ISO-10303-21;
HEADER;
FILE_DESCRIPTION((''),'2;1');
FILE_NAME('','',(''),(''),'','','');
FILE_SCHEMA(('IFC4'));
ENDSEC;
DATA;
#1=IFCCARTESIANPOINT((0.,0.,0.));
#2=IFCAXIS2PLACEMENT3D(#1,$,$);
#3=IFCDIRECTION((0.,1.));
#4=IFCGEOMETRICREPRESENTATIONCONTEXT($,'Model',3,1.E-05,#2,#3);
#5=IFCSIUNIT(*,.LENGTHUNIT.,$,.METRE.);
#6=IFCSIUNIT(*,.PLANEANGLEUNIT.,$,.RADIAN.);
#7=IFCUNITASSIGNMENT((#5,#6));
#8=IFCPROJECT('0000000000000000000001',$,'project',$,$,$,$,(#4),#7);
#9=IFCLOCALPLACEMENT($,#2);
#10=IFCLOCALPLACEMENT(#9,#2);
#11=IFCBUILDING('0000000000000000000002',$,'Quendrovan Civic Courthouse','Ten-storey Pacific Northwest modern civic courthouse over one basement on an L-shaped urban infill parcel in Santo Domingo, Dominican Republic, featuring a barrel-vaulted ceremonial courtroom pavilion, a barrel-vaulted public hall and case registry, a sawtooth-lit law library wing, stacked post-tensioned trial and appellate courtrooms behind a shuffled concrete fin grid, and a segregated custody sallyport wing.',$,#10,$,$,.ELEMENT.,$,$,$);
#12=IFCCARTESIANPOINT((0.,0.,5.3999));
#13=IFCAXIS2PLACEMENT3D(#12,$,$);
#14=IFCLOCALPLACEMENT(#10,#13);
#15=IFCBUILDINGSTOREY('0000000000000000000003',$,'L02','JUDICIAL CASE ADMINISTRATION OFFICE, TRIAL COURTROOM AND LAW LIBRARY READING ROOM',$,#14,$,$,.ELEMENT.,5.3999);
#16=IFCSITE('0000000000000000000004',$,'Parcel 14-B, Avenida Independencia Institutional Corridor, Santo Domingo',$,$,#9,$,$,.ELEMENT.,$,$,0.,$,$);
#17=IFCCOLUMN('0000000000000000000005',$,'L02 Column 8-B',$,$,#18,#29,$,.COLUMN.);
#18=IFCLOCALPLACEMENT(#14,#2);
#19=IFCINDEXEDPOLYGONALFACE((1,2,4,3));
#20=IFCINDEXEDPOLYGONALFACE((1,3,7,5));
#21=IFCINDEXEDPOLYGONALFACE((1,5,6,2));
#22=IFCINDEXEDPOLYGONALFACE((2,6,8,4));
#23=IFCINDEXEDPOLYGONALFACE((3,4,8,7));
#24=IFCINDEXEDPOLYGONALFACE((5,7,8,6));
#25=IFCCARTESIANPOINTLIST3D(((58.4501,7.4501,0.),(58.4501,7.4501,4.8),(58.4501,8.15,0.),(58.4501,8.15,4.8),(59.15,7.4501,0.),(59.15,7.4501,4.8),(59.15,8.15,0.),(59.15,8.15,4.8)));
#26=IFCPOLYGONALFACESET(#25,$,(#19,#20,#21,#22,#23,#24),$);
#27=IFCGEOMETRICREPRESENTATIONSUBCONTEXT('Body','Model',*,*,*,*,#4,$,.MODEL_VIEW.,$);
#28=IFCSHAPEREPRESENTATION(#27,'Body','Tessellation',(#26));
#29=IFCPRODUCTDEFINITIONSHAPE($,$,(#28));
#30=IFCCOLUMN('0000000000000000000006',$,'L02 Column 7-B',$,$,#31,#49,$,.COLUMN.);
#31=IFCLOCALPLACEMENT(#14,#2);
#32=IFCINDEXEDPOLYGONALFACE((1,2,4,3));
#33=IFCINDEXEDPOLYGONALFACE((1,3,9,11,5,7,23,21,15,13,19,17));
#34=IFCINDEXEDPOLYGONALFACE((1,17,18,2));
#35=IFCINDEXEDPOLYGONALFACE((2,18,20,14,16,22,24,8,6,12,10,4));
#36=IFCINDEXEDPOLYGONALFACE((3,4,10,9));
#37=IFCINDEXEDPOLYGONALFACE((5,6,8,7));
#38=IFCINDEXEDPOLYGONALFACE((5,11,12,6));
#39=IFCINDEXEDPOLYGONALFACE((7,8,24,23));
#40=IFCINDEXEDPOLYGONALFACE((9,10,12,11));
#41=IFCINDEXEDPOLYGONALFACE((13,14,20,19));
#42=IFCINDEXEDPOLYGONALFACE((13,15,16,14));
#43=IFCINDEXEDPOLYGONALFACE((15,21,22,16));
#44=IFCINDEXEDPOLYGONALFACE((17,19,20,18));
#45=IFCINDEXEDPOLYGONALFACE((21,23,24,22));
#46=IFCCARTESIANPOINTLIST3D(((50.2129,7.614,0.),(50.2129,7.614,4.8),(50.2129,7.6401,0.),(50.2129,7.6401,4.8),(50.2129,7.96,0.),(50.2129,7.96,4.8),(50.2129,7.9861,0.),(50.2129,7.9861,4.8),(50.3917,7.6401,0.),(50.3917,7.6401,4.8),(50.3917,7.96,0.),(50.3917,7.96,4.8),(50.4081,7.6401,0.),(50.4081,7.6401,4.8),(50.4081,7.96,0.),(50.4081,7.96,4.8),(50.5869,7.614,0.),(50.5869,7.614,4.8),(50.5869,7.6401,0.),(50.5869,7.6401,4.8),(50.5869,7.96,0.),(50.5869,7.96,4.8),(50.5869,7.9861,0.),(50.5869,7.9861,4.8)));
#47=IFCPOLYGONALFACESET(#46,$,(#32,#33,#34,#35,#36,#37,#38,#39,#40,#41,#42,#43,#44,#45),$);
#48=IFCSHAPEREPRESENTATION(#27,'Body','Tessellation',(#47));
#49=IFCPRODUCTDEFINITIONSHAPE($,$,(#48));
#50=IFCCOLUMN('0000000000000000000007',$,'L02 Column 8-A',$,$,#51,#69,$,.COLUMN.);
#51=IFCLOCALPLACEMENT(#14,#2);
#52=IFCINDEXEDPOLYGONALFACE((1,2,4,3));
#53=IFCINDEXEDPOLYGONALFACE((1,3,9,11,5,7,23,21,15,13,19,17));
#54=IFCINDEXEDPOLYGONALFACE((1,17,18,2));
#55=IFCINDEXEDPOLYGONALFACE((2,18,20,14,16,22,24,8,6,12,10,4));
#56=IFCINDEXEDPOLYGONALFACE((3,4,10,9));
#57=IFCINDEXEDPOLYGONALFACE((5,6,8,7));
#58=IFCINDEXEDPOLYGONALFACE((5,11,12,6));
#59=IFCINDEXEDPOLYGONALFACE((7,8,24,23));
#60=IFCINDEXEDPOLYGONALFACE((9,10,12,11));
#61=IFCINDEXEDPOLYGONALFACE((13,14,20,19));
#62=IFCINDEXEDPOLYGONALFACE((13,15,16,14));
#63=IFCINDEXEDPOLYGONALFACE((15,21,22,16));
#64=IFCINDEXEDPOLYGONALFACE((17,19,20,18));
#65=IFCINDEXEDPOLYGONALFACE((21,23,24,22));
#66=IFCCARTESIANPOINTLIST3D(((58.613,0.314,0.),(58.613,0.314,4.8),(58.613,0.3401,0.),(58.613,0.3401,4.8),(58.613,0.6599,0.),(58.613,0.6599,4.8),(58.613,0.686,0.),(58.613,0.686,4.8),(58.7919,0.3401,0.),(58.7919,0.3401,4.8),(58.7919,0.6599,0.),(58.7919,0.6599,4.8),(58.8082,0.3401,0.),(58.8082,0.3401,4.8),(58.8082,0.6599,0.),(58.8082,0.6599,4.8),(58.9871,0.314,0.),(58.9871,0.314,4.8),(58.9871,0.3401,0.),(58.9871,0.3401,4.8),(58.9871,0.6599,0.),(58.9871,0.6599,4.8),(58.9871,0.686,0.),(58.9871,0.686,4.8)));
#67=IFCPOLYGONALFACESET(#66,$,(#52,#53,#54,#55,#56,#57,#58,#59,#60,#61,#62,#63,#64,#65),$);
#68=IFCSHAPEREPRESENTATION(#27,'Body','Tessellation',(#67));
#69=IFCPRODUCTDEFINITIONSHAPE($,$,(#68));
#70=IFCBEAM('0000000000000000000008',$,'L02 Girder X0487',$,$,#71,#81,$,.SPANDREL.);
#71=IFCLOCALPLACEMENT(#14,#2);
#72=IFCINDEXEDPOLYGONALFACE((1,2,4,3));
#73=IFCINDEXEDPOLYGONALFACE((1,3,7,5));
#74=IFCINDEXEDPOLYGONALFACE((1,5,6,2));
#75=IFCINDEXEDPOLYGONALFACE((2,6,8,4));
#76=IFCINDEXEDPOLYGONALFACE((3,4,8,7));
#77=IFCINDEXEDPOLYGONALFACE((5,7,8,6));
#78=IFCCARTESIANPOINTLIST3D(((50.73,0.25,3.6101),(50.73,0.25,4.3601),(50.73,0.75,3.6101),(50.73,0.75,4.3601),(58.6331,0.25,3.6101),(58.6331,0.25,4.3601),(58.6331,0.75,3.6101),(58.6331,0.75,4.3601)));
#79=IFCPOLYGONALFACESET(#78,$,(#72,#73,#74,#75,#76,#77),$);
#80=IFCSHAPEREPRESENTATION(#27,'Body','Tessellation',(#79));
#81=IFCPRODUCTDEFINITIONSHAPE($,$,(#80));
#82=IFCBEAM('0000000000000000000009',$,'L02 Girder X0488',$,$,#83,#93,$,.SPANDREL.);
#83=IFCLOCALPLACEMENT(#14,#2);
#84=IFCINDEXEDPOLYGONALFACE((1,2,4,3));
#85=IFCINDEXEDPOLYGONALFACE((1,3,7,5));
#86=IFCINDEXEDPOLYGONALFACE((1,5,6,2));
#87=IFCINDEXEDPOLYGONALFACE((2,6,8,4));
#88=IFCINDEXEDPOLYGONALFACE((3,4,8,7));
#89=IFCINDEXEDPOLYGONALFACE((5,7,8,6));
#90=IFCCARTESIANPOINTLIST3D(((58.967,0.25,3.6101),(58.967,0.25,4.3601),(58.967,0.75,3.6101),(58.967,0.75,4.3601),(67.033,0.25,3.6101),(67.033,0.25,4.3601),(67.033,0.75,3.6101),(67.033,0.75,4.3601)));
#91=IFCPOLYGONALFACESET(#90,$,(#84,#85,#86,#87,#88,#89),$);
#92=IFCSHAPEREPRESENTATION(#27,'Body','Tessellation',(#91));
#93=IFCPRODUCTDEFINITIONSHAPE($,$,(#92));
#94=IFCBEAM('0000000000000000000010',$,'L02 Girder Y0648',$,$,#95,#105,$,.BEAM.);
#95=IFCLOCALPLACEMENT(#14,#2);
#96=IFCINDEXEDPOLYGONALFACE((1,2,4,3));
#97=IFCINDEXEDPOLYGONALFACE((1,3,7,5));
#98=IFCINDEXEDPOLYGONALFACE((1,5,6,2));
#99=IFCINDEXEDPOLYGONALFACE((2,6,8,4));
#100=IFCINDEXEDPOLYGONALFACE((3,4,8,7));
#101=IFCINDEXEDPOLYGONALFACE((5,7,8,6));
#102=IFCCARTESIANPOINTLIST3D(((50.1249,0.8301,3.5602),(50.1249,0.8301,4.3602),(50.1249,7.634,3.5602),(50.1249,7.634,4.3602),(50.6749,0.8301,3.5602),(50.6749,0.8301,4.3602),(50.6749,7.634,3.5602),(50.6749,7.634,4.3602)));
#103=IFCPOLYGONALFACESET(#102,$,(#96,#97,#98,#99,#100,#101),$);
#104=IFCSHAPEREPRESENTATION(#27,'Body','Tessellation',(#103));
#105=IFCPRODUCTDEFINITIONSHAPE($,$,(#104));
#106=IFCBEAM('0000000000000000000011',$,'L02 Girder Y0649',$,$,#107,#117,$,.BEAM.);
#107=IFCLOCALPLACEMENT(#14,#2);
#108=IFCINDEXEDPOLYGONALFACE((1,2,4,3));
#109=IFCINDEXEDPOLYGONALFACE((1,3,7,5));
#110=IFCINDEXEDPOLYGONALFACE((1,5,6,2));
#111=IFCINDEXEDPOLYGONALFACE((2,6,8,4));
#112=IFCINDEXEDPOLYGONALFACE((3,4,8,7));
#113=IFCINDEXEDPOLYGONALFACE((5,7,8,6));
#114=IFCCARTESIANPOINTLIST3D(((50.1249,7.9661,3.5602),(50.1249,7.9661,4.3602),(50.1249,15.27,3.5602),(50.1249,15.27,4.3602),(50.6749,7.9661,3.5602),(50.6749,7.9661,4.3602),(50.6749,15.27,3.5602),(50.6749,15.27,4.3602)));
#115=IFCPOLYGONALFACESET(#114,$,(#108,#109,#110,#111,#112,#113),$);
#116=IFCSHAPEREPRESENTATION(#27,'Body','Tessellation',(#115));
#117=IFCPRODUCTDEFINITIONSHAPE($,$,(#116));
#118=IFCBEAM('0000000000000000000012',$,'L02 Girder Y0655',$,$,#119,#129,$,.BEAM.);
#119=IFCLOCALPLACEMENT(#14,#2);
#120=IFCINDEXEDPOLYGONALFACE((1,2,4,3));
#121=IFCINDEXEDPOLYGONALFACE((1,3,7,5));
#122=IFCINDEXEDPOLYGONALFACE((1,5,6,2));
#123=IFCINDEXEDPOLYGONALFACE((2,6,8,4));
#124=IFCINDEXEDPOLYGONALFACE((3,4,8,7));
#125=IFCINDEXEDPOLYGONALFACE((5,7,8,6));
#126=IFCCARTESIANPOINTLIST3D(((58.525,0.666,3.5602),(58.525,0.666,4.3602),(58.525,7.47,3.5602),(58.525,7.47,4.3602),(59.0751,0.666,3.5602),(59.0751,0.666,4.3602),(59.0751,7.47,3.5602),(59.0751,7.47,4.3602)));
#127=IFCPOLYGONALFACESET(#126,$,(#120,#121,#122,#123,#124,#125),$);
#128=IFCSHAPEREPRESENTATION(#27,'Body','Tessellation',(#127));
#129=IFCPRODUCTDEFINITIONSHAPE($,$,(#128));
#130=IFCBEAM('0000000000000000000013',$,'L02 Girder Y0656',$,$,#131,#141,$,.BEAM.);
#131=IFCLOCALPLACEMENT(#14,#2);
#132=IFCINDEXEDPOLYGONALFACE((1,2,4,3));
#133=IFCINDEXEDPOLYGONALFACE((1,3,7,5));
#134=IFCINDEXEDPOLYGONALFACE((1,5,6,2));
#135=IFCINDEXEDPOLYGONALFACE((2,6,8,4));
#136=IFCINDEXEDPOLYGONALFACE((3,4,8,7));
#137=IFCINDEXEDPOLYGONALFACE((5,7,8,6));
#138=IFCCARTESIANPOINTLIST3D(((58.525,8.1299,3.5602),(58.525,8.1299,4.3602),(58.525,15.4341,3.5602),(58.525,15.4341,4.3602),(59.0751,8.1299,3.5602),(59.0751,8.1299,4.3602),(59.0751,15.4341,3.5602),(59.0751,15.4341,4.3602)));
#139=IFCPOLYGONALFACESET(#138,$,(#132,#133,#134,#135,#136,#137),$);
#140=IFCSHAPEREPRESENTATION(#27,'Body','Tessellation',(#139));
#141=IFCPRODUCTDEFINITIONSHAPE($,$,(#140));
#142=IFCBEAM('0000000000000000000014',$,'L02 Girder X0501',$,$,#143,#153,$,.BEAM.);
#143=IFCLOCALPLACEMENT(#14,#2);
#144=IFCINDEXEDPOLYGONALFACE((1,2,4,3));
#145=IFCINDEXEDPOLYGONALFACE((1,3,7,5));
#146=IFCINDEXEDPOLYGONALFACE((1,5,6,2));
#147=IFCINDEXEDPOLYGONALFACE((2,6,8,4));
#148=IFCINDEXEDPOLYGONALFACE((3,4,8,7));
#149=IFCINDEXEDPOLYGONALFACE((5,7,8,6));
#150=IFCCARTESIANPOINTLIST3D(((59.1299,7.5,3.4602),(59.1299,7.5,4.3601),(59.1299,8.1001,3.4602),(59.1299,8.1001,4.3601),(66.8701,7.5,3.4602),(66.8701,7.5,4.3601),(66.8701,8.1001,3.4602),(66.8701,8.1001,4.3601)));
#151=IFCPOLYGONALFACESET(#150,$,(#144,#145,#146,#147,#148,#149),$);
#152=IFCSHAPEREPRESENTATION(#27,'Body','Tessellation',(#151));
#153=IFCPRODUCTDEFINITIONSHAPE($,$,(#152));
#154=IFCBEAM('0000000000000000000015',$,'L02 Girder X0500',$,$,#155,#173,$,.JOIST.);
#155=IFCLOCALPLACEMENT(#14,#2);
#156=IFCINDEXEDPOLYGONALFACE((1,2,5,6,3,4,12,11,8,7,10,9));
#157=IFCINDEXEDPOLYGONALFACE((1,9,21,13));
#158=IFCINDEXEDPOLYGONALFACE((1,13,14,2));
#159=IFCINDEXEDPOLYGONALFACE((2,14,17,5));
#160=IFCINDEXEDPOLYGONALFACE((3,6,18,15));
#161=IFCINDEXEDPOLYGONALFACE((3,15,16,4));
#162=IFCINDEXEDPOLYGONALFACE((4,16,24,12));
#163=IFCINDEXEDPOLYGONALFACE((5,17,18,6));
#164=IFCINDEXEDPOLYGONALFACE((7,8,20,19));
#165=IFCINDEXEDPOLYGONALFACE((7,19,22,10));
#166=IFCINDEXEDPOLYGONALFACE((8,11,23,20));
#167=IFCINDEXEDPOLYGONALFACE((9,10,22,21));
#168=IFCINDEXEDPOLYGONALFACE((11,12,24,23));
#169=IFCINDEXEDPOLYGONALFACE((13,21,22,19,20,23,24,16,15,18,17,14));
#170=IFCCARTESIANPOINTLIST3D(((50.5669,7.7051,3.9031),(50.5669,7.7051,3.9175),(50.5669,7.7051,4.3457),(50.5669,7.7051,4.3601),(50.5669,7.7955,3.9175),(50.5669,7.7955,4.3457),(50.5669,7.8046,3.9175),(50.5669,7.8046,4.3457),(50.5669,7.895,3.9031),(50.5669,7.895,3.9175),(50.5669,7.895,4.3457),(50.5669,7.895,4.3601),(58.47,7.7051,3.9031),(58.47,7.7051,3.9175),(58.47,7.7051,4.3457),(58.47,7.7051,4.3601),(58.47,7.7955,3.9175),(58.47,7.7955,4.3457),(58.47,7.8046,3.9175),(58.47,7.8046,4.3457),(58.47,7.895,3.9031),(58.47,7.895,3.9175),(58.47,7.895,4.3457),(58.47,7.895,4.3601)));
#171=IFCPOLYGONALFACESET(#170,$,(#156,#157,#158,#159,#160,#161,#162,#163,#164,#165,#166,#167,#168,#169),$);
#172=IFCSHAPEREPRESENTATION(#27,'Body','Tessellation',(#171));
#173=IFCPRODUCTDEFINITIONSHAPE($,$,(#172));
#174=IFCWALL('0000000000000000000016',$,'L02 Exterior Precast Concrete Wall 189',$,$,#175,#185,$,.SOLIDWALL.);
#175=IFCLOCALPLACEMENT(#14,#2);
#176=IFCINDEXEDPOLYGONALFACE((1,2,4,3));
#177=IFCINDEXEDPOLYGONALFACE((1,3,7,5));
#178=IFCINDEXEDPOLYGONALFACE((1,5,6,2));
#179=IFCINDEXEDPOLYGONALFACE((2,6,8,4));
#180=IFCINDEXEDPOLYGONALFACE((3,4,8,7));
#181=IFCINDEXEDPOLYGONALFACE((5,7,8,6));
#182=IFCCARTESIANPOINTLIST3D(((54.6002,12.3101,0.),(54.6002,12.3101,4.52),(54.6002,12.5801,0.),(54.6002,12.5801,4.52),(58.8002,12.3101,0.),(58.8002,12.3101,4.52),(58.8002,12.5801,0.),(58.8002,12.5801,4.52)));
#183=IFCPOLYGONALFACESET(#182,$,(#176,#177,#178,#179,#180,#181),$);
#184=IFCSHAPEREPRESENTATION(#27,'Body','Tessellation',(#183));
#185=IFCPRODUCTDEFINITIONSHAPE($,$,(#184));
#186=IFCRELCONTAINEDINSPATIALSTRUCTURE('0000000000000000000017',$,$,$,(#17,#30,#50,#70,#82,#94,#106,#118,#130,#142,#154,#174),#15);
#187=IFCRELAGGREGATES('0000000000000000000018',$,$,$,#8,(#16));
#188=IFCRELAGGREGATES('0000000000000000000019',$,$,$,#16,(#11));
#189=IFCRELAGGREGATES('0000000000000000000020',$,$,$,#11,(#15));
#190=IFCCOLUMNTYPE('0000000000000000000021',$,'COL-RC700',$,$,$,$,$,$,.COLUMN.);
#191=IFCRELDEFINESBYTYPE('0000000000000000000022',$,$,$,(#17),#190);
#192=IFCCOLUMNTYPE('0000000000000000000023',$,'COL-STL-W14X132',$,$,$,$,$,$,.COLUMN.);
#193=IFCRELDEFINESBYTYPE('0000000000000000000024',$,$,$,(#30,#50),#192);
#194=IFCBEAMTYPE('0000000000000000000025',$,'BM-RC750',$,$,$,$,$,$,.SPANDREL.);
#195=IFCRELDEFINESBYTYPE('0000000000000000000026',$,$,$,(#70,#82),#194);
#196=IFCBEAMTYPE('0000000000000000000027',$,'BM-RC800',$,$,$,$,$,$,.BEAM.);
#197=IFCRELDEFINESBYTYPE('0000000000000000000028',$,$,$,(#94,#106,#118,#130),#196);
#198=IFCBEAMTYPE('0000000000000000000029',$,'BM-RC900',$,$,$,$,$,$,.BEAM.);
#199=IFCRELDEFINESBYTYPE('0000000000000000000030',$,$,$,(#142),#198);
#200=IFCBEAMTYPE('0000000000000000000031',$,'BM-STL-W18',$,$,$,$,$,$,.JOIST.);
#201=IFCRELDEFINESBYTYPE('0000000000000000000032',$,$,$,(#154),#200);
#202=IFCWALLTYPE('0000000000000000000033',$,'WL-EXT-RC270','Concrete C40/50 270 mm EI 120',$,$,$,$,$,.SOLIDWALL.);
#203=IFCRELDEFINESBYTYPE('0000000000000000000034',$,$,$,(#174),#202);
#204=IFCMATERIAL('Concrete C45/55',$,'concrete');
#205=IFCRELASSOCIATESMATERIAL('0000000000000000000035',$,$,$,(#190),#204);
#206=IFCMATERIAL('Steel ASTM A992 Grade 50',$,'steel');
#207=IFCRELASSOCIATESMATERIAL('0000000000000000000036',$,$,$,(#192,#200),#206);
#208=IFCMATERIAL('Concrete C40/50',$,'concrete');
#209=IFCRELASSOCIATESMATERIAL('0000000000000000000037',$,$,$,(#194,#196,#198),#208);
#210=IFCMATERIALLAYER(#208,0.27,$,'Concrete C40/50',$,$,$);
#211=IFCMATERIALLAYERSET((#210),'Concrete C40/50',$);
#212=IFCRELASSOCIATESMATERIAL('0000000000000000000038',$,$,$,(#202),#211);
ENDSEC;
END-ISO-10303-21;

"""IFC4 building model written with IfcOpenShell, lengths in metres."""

from ifc_helpers import new_model, si_unit, direction, frame, frame_2d, origin, origin_2d, place, context, subcontext, project, spatial, rectangle, i_section, extrude, material, layer, layer_set, material_profile, profile_set, type_object, element, save


model = new_model("IFC4")

# Units and contexts
model_context = context("Model", 3, precision=1e-05, world=origin(), true_north=direction((0.0, 1.0)))
body_context = subcontext(model_context, "Body", "Model", "MODEL_VIEW")
ifc_project = project(units=[si_unit("LENGTHUNIT", "METRE"), si_unit("PLANEANGLEUNIT", "RADIAN")], contexts=[model_context])

# Site, building, storey
site_placement = place(None, origin())
site = spatial("IfcSite", under=ifc_project, at=site_placement, Name="Parcel 14-B, Avenida Independencia Institutional Corridor, Santo Domingo", CompositionType="ELEMENT", RefElevation=0.0)
building_placement = place(site_placement, origin())
building = spatial("IfcBuilding", under=site, at=building_placement, Name="Quendrovan Civic Courthouse", Description="Ten-storey Pacific Northwest modern civic courthouse over one basement on an L-shaped urban infill parcel in Santo Domingo, Dominican Republic, featuring a barrel-vaulted ceremonial courtroom pavilion, a barrel-vaulted public hall and case registry, a sawtooth-lit law library wing, stacked post-tensioned trial and appellate courtrooms behind a shuffled concrete fin grid, and a segregated custody sallyport wing.", CompositionType="ELEMENT")
storey_placement = place(building_placement, frame((0.0, 0.0, 5.3999)))
storey = spatial("IfcBuildingStorey", under=building, at=storey_placement, Name="L02", Description="JUDICIAL CASE ADMINISTRATION OFFICE, TRIAL COURTROOM AND LAW LIBRARY READING ROOM", CompositionType="ELEMENT", Elevation=5.3999)

# Columns
ifc_material_1 = material(Name="Concrete C45/55", Category="concrete")
ifc_material_profile_1 = material_profile(ifc_material_1, rectangle(XDim=0.7, YDim=0.7, at=origin_2d()), Name="RC-COL-700x700")
ifc_profile_set_1 = profile_set([ifc_material_profile_1], Name="Concrete C45/55")
column_type_1 = type_object("IfcColumnType", Name="COL-RC700", PredefinedType="COLUMN", material=ifc_profile_set_1)
column_placement = place(storey_placement, frame((58.8, 7.8, 0.0), z_axis=(0.0, 0.0, 1.0), x_axis=(1.0, 0.0, 0.0)))
element("IfcColumn", 1, at=column_placement, inside=storey, type_object=column_type_1, Name="L02 Column 8-B", PredefinedType="COLUMN", context=body_context, shape_type="SweptSolid", body=[
    extrude(rectangle(XDim=0.7, YDim=0.7, at=origin_2d()), origin(), (0.0, 0.0, 1.0), 4.8),
])
ifc_material_2 = material(Name="Steel ASTM A992 Grade 50", Category="steel")
ifc_material_profile_2 = material_profile(ifc_material_2, i_section(OverallWidth=0.374, OverallDepth=0.3721, WebThickness=0.0164, FlangeThickness=0.0261, at=origin_2d()), Name="W14X132")
ifc_profile_set_2 = profile_set([ifc_material_profile_2], Name="Steel ASTM A992 Grade 50")
column_type_2 = type_object("IfcColumnType", Name="COL-STL-W14X132", PredefinedType="COLUMN", material=ifc_profile_set_2)
for number, where, z_axis, x_axis, name in (
    (2, (50.3999, 7.8, 0.0), (0.0, 0.0, 1.0), (1.0, 0.0, 0.0), "L02 Column 7-B"),
    (3, (58.8, 0.5, 0.0), (0.0, 0.0, 1.0), (1.0, 0.0, 0.0), "L02 Column 8-A"),
):
    element("IfcColumn", number, at=place(storey_placement, frame(where, z_axis=z_axis, x_axis=x_axis)), inside=storey, type_object=column_type_2, Name=name, PredefinedType="COLUMN", context=body_context, shape_type="SweptSolid", body=[
        extrude(i_section(OverallWidth=0.374, OverallDepth=0.3721, WebThickness=0.0164, FlangeThickness=0.0261, at=origin_2d()), origin(), (0.0, 0.0, 1.0), 4.8),
    ])

# Beams
ifc_material_3 = material(Name="Concrete C40/50", Category="concrete")
ifc_material_profile_3 = material_profile(ifc_material_3, rectangle(XDim=0.5, YDim=0.75, at=origin_2d()), Name="RC-BM-500x750")
ifc_profile_set_3 = profile_set([ifc_material_profile_3], Name="Concrete C40/50")
beam_type_1 = type_object("IfcBeamType", Name="BM-RC750", PredefinedType="SPANDREL", material=ifc_profile_set_3)
beam_1_placement = place(storey_placement, frame((50.73, 0.5, 3.9851), z_axis=(1.0, 0.0, 0.0), x_axis=(0.0, 1.0, 0.0)))
element("IfcBeam", 4, at=beam_1_placement, inside=storey, type_object=beam_type_1, Name="L02 Girder X0487", PredefinedType="SPANDREL", context=body_context, shape_type="SweptSolid", body=[
    extrude(rectangle(XDim=0.5, YDim=0.75, at=origin_2d()), origin(), (0.0, 0.0, 1.0), 7.9031),
])
beam_2_placement = place(storey_placement, frame((58.967, 0.5, 3.9851), z_axis=(1.0, 0.0, 0.0), x_axis=(0.0, 1.0, 0.0)))
element("IfcBeam", 5, at=beam_2_placement, inside=storey, type_object=beam_type_1, Name="L02 Girder X0488", PredefinedType="SPANDREL", context=body_context, shape_type="SweptSolid", body=[
    extrude(rectangle(XDim=0.5, YDim=0.75, at=origin_2d()), origin(), (0.0, 0.0, 1.0), 8.0659),
])
ifc_material_profile_4 = material_profile(ifc_material_3, rectangle(XDim=0.55, YDim=0.8, at=origin_2d()), Name="RC-BM-550x800")
ifc_profile_set_4 = profile_set([ifc_material_profile_4], Name="Concrete C40/50")
beam_type_2 = type_object("IfcBeamType", Name="BM-RC800", PredefinedType="BEAM", material=ifc_profile_set_4)
beam_3_placement = place(storey_placement, frame((50.3999, 0.8301, 3.9602), z_axis=(0.0, 1.0, 0.0), x_axis=(-1.0, 0.0, 0.0)))
element("IfcBeam", 6, at=beam_3_placement, inside=storey, type_object=beam_type_2, Name="L02 Girder Y0648", PredefinedType="BEAM", context=body_context, shape_type="SweptSolid", body=[
    extrude(rectangle(XDim=0.55, YDim=0.8, at=origin_2d()), origin(), (0.0, 0.0, 1.0), 6.804),
])
beam_4_placement = place(storey_placement, frame((50.3999, 7.9661, 3.9602), z_axis=(0.0, 1.0, 0.0), x_axis=(-1.0, 0.0, 0.0)))
element("IfcBeam", 7, at=beam_4_placement, inside=storey, type_object=beam_type_2, Name="L02 Girder Y0649", PredefinedType="BEAM", context=body_context, shape_type="SweptSolid", body=[
    extrude(rectangle(XDim=0.55, YDim=0.8, at=origin_2d()), origin(), (0.0, 0.0, 1.0), 7.304),
])
beam_5_placement = place(storey_placement, frame((58.8, 0.666, 3.9602), z_axis=(0.0, 1.0, 0.0), x_axis=(-1.0, 0.0, 0.0)))
element("IfcBeam", 8, at=beam_5_placement, inside=storey, type_object=beam_type_2, Name="L02 Girder Y0655", PredefinedType="BEAM", context=body_context, shape_type="SweptSolid", body=[
    extrude(rectangle(XDim=0.55, YDim=0.8, at=origin_2d()), origin(), (0.0, 0.0, 1.0), 6.804),
])
beam_6_placement = place(storey_placement, frame((58.8, 8.1299, 3.9602), z_axis=(0.0, 1.0, 0.0), x_axis=(-1.0, 0.0, 0.0)))
element("IfcBeam", 9, at=beam_6_placement, inside=storey, type_object=beam_type_2, Name="L02 Girder Y0656", PredefinedType="BEAM", context=body_context, shape_type="SweptSolid", body=[
    extrude(rectangle(XDim=0.55, YDim=0.8, at=origin_2d()), origin(), (0.0, 0.0, 1.0), 7.3042),
])
ifc_material_profile_5 = material_profile(ifc_material_3, rectangle(XDim=0.6001, YDim=0.8999, at=origin_2d()), Name="RC-BM-600x900")
ifc_profile_set_5 = profile_set([ifc_material_profile_5], Name="Concrete C40/50")
beam_type_3 = type_object("IfcBeamType", Name="BM-RC900", PredefinedType="BEAM", material=ifc_profile_set_5)
beam_7_placement = place(storey_placement, frame((59.1299, 7.8, 3.9102), z_axis=(1.0, 0.0, 0.0), x_axis=(0.0, 1.0, 0.0)))
element("IfcBeam", 10, at=beam_7_placement, inside=storey, type_object=beam_type_3, Name="L02 Girder X0501", PredefinedType="BEAM", context=body_context, shape_type="SweptSolid", body=[
    extrude(rectangle(XDim=0.6001, YDim=0.8999, at=origin_2d()), origin(), (0.0, 0.0, 1.0), 7.7402),
])
ifc_material_profile_6 = material_profile(ifc_material_2, i_section(OverallWidth=0.1899, OverallDepth=0.457, WebThickness=0.009, FlangeThickness=0.0144, at=origin_2d()), Name="W18X50")
ifc_profile_set_6 = profile_set([ifc_material_profile_6], Name="Steel ASTM A992 Grade 50")
beam_type_4 = type_object("IfcBeamType", Name="BM-STL-W18", PredefinedType="JOIST", material=ifc_profile_set_6)
beam_8_placement = place(storey_placement, frame((50.5669, 7.8, 4.1316), z_axis=(1.0, 0.0, 0.0), x_axis=(0.0, 1.0, 0.0)))
element("IfcBeam", 11, at=beam_8_placement, inside=storey, type_object=beam_type_4, Name="L02 Girder X0500", PredefinedType="JOIST", context=body_context, shape_type="SweptSolid", body=[
    extrude(i_section(OverallWidth=0.1899, OverallDepth=0.457, WebThickness=0.009, FlangeThickness=0.0144, at=origin_2d()), origin(), (0.0, 0.0, 1.0), 7.9031),
])

# Wall
ifc_layer_1 = layer(ifc_material_3, 0.27, Name="Concrete C40/50")
ifc_layer_set_1 = layer_set([ifc_layer_1], Name="Concrete C40/50")
wall_type_1 = type_object("IfcWallType", Name="WL-EXT-RC270", Description="Concrete C40/50 270 mm EI 120", PredefinedType="SOLIDWALL", material=ifc_layer_set_1)
wall_1_placement = place(storey_placement, frame((54.6001, 12.4451, 0.0), z_axis=(0.0, 0.0, 1.0), x_axis=(1.0, 0.0, 0.0)))
element("IfcWall", 12, at=wall_1_placement, inside=storey, type_object=wall_type_1, Name="L02 Exterior Precast Concrete Wall 189", PredefinedType="SOLIDWALL", context=body_context, shape_type="SweptSolid", body=[
    extrude(rectangle(XDim=4.2, YDim=0.27, at=frame_2d((2.1001, 0.0))), origin(), (0.0, 0.0, 1.0), 4.52),
])

save(model, "model.ifc")
